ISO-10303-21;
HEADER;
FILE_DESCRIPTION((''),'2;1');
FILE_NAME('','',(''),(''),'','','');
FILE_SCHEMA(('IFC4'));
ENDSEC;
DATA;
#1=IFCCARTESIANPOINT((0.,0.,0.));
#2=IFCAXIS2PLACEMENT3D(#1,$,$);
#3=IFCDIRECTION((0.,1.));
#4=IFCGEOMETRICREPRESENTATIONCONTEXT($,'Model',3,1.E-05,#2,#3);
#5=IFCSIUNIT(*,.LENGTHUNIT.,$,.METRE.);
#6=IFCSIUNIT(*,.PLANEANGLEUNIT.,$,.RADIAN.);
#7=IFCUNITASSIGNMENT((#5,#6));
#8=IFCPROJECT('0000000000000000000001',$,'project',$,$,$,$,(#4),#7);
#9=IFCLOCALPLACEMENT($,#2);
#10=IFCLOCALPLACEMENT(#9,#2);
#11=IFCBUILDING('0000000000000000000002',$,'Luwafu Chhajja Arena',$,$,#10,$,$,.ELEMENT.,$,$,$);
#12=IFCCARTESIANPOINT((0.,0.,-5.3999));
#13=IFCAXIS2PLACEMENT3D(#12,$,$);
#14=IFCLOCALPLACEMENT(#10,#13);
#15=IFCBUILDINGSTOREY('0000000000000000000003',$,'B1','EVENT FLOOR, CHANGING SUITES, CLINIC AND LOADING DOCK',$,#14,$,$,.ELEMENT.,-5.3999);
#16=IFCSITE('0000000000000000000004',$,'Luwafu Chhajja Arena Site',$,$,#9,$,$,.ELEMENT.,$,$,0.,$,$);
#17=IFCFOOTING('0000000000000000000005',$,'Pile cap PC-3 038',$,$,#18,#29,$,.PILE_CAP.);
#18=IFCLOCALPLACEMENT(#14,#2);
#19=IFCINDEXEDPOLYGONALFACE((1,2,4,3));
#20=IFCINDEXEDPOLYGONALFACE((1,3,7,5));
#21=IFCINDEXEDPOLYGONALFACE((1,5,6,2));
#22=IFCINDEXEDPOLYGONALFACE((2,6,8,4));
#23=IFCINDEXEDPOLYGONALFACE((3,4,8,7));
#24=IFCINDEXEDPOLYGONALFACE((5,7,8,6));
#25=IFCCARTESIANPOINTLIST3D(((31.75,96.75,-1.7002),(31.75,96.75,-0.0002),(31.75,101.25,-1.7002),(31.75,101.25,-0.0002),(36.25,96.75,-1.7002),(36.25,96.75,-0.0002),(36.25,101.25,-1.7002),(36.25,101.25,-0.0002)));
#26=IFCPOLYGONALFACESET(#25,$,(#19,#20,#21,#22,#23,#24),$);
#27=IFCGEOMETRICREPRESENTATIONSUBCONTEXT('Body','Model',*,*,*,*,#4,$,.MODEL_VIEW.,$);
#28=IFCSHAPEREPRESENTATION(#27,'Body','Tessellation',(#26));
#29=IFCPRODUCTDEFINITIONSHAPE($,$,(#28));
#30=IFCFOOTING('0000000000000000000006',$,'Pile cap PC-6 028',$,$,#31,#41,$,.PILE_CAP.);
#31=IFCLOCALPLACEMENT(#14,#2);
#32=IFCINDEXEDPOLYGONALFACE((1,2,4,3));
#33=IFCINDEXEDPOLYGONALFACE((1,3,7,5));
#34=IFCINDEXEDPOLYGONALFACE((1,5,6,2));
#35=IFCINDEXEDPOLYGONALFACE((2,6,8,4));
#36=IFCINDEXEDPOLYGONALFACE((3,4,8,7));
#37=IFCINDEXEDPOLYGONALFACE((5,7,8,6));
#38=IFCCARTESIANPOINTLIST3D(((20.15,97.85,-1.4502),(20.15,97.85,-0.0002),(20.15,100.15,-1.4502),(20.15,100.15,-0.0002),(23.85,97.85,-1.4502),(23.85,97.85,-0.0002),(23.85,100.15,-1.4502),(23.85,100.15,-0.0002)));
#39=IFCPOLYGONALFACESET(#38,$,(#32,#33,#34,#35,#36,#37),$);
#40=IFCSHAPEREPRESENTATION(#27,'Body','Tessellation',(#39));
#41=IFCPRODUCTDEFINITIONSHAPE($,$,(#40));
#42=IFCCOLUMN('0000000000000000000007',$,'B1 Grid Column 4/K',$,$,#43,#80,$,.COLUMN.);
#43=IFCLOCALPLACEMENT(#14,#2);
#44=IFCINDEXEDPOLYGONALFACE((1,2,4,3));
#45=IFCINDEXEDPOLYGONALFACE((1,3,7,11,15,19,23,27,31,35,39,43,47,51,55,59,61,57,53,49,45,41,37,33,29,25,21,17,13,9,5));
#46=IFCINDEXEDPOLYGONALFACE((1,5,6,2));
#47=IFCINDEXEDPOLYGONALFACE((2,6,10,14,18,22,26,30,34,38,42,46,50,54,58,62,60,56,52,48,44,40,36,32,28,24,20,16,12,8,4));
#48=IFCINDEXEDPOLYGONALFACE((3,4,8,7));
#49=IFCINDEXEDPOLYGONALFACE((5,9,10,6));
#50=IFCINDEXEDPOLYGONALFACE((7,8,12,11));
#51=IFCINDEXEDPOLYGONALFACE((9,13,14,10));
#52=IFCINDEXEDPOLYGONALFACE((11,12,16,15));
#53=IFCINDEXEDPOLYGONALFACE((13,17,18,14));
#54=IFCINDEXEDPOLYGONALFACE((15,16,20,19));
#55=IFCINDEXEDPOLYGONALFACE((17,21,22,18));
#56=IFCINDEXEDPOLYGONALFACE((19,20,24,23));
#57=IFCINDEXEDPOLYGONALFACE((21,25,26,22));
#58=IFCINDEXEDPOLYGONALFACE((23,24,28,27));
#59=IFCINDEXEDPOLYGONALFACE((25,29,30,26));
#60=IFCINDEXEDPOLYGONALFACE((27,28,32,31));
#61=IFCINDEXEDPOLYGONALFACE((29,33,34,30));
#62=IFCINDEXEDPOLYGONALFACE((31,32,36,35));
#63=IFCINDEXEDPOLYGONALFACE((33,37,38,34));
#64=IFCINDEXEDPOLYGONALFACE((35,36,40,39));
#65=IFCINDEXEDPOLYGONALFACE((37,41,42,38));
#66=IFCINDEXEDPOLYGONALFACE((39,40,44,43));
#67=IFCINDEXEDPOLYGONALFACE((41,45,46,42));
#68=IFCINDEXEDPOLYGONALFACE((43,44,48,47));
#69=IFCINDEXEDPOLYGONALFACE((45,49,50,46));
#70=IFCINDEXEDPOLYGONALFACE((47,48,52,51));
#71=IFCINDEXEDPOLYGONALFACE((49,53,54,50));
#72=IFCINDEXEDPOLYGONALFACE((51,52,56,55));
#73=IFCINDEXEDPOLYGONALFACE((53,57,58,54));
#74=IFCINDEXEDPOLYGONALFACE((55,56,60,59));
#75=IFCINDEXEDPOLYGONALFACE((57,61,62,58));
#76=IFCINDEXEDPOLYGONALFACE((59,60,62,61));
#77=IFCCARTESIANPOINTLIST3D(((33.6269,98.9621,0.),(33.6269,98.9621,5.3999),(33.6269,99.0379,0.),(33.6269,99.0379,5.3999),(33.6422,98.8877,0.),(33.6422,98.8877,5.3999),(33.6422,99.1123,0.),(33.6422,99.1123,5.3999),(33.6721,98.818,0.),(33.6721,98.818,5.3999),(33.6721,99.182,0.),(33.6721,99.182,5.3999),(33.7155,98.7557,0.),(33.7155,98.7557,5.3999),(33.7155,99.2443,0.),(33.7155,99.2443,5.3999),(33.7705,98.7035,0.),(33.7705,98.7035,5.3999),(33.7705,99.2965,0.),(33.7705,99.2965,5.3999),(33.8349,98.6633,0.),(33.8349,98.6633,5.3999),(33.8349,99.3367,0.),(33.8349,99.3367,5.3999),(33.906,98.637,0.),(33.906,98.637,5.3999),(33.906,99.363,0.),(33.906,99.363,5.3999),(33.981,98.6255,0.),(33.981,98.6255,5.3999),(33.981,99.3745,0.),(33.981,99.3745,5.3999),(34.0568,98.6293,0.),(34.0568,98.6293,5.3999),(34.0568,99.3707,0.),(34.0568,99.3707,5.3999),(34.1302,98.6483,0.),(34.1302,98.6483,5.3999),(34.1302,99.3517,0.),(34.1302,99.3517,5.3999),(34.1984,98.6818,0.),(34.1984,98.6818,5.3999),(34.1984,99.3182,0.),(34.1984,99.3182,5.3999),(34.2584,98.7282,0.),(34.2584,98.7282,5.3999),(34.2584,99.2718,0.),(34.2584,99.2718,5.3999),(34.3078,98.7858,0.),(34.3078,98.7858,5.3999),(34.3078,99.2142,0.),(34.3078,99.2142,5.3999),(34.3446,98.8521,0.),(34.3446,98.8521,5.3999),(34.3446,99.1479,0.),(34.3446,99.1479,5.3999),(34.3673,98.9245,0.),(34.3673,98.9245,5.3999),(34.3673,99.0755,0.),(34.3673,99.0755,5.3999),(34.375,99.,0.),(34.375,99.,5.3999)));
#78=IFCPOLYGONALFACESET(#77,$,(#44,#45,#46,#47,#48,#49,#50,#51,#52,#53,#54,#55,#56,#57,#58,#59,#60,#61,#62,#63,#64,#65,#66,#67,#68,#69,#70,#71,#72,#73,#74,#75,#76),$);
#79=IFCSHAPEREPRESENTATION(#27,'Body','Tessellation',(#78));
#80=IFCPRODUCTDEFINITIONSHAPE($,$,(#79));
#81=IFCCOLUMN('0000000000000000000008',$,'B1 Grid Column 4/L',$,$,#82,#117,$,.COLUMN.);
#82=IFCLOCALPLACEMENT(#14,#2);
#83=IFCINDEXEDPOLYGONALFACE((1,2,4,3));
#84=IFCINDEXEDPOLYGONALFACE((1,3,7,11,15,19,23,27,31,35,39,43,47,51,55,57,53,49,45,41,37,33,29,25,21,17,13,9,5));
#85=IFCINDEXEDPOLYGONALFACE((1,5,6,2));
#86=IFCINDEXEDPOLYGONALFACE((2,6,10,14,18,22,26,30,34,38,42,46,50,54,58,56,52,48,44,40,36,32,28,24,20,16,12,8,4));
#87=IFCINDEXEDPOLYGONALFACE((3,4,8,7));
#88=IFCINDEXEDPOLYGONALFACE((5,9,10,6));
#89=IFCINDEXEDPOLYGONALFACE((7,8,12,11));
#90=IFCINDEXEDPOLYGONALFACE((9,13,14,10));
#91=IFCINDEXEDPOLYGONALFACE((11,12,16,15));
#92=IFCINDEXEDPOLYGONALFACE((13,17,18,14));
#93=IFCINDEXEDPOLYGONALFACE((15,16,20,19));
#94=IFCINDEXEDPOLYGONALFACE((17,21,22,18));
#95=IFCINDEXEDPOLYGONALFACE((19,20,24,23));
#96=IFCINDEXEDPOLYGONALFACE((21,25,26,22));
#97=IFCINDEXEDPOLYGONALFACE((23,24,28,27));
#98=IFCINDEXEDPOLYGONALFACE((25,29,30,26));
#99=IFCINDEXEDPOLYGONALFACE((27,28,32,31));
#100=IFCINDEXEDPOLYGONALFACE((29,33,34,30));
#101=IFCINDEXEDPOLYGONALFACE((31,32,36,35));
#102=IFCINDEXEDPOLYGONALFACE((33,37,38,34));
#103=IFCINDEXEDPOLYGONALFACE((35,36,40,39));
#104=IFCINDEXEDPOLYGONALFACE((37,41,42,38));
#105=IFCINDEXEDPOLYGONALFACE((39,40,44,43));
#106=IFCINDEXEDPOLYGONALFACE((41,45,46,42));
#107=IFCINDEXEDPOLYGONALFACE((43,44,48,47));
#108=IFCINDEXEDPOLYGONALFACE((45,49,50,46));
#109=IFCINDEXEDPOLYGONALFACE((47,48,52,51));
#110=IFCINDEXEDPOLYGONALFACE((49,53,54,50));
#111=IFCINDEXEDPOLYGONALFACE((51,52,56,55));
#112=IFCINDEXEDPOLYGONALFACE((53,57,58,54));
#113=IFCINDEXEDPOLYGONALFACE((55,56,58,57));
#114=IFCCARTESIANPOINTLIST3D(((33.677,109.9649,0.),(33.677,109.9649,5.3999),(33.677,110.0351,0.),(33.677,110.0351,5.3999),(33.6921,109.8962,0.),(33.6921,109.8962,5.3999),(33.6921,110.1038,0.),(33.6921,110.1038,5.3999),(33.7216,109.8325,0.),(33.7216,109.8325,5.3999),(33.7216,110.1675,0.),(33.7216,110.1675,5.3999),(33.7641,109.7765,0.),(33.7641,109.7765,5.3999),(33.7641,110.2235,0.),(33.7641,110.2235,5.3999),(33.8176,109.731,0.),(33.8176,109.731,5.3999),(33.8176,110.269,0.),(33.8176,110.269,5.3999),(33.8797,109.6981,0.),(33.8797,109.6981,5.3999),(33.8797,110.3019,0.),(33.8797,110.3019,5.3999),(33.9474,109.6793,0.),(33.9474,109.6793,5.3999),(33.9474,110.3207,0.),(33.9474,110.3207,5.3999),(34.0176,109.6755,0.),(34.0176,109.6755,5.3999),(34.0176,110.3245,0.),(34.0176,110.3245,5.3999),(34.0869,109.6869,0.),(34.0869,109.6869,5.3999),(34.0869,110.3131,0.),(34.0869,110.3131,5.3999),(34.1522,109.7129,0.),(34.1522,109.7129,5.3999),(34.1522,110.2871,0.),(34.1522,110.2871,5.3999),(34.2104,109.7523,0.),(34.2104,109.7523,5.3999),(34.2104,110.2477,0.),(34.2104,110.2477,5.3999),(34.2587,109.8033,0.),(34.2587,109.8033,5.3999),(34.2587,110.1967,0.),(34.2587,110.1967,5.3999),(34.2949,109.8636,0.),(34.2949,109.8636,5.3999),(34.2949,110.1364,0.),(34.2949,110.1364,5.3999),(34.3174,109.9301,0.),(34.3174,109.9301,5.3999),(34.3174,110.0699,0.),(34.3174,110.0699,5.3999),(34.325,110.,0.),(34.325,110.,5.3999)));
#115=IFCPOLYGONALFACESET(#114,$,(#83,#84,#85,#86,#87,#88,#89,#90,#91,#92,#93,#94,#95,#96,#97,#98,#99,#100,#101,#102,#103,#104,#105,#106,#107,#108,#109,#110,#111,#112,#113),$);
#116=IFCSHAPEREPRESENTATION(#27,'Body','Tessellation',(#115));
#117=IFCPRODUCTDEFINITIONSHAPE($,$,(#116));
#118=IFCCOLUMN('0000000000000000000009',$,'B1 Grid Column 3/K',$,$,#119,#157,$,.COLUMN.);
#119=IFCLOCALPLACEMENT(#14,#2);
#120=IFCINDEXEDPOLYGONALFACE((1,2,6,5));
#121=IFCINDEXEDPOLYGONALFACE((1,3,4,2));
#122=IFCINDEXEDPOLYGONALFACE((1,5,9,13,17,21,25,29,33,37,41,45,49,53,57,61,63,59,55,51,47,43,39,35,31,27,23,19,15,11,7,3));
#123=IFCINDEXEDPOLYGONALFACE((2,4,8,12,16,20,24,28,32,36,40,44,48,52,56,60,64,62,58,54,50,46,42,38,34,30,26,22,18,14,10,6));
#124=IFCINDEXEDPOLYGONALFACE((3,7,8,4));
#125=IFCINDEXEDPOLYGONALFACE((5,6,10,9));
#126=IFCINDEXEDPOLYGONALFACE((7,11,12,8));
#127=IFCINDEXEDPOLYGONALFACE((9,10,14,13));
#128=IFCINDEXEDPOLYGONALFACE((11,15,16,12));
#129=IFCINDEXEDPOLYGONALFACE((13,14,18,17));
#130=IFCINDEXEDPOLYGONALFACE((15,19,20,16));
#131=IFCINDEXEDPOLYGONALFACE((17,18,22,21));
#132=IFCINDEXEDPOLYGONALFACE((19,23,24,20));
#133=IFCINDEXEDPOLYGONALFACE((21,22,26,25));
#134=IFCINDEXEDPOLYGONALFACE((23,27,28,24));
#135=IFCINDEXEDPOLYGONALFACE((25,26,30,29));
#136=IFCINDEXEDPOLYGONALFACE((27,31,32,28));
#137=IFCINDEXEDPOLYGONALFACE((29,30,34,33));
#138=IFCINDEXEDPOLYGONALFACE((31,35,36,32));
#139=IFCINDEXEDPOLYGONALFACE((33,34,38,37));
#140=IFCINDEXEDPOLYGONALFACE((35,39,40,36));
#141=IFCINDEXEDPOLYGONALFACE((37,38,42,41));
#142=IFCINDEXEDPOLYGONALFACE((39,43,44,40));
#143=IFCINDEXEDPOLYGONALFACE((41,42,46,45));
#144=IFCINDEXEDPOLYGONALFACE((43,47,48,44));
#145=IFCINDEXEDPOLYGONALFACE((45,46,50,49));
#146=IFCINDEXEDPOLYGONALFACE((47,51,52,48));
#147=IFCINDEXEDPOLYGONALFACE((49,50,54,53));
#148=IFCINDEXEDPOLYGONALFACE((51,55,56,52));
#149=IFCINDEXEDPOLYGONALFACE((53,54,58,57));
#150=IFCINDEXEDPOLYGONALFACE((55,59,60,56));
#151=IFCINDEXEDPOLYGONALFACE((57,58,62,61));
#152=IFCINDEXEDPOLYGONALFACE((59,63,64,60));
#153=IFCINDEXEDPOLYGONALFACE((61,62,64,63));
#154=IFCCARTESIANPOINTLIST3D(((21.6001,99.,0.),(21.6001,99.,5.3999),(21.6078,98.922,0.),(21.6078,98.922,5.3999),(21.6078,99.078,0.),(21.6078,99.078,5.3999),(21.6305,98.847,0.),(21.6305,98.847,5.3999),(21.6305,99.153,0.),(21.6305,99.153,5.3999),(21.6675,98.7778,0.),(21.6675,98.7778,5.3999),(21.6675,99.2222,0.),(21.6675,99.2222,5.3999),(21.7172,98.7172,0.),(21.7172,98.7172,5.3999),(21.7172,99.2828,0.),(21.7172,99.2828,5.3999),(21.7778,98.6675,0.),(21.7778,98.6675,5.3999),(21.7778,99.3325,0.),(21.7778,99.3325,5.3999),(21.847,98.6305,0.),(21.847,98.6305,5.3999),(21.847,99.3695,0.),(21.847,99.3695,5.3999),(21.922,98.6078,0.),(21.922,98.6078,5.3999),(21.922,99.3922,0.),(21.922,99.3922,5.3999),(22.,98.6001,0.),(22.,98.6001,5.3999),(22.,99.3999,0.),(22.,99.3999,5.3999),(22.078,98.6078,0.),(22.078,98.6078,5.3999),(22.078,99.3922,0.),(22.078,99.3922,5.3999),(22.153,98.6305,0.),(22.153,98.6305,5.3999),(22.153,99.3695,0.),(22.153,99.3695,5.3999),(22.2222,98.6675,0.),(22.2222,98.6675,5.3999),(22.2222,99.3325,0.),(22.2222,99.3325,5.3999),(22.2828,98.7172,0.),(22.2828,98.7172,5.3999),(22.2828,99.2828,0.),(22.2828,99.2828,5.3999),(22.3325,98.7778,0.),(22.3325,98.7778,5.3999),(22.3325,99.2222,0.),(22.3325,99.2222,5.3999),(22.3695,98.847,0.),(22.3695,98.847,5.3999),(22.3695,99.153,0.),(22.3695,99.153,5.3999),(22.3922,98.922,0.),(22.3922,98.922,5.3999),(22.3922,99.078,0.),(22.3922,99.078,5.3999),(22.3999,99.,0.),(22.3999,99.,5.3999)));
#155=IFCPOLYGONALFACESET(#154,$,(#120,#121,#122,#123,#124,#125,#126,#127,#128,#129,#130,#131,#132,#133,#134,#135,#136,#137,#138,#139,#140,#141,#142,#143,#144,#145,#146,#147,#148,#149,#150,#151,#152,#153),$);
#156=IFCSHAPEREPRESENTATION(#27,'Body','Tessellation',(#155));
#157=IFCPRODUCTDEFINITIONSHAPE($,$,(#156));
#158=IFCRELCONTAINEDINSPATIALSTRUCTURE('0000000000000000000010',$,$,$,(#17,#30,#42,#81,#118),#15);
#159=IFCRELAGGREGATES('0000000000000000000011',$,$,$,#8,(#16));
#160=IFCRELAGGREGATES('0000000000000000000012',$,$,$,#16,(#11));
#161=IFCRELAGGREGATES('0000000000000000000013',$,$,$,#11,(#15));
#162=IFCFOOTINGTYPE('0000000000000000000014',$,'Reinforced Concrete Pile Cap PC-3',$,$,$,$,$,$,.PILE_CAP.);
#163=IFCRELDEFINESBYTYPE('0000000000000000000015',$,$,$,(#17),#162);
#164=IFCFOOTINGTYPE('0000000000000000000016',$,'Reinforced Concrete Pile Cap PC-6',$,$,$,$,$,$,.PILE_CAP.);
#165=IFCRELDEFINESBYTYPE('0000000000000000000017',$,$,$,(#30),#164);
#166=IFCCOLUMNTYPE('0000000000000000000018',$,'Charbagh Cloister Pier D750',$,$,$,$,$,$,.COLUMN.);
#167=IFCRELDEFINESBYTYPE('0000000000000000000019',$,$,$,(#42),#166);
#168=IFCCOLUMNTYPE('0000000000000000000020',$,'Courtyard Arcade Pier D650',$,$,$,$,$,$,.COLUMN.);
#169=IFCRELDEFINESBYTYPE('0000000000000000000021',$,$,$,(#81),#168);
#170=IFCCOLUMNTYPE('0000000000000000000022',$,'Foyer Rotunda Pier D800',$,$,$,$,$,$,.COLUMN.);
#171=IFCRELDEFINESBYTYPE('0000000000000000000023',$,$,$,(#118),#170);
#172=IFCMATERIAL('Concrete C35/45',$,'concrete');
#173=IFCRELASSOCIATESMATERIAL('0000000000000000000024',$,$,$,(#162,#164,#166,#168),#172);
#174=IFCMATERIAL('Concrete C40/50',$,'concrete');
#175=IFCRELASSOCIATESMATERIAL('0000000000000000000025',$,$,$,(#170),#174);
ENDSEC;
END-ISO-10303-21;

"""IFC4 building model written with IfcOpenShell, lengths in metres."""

from ifc_helpers import new_model, si_unit, direction, frame, origin, origin_2d, place, context, subcontext, project, spatial, rectangle, circle, extrude, material, material_profile, profile_set, type_object, element, save


model = new_model("IFC4")

# Units and contexts
model_context = context("Model", 3, precision=1e-05, world=origin(), true_north=direction((0.0, 1.0)))
body_context = subcontext(model_context, "Body", "Model", "MODEL_VIEW")
ifc_project = project(units=[si_unit("LENGTHUNIT", "METRE"), si_unit("PLANEANGLEUNIT", "RADIAN")], contexts=[model_context])

# Site, building, storey
site_placement = place(None, origin())
site = spatial("IfcSite", under=ifc_project, at=site_placement, Name="Luwafu Chhajja Arena Site", CompositionType="ELEMENT", RefElevation=0.0)
building_placement = place(site_placement, origin())
building = spatial("IfcBuilding", under=site, at=building_placement, Name="Luwafu Chhajja Arena", CompositionType="ELEMENT")
storey_placement = place(building_placement, frame((0.0, 0.0, -5.3999)))
storey = spatial("IfcBuildingStorey", under=building, at=storey_placement, Name="B1", Description="EVENT FLOOR, CHANGING SUITES, CLINIC AND LOADING DOCK", CompositionType="ELEMENT", Elevation=-5.3999)

# Shared definitions
ifc_material_1 = material(Name="Concrete C35/45", Category="concrete")

# Footings
footing_type_1 = type_object("IfcFootingType", Name="Reinforced Concrete Pile Cap PC-3", PredefinedType="PILE_CAP", material=ifc_material_1)
footing_1_placement = place(storey_placement, frame((34.0, 99.0, -1.7002), z_axis=(0.0, 0.0, 1.0), x_axis=(1.0, 0.0, 0.0)))
element("IfcFooting", 1, at=footing_1_placement, inside=storey, type_object=footing_type_1, Name="Pile cap PC-3 038", PredefinedType="PILE_CAP", context=body_context, shape_type="SweptSolid", body=[
    extrude(rectangle(XDim=4.5, YDim=4.5, at=origin_2d()), origin(), (0.0, 0.0, 1.0), 1.7),
])
footing_type_2 = type_object("IfcFootingType", Name="Reinforced Concrete Pile Cap PC-6", PredefinedType="PILE_CAP", material=ifc_material_1)
footing_2_placement = place(storey_placement, frame((22.0, 99.0, -1.4502), z_axis=(0.0, 0.0, 1.0), x_axis=(1.0, 0.0, 0.0)))
element("IfcFooting", 2, at=footing_2_placement, inside=storey, type_object=footing_type_2, Name="Pile cap PC-6 028", PredefinedType="PILE_CAP", context=body_context, shape_type="SweptSolid", body=[
    extrude(rectangle(XDim=3.7, YDim=2.3, at=origin_2d()), origin(), (0.0, 0.0, 1.0), 1.45),
])

# Columns
ifc_material_profile_1 = material_profile(ifc_material_1, circle(Radius=0.375, at=origin_2d()), Name="RC COL D750")
ifc_profile_set_1 = profile_set([ifc_material_profile_1], Name="Concrete C35/45")
column_type_1 = type_object("IfcColumnType", Name="Charbagh Cloister Pier D750", PredefinedType="COLUMN", material=ifc_profile_set_1)
column_1_placement = place(storey_placement, frame((34.0, 99.0, 0.0), z_axis=(0.0, 0.0, 1.0), x_axis=(1.0, 0.0, 0.0)))
element("IfcColumn", 3, at=column_1_placement, inside=storey, type_object=column_type_1, Name="B1 Grid Column 4/K", PredefinedType="COLUMN", context=body_context, shape_type="SweptSolid", body=[
    extrude(circle(Radius=0.375, at=origin_2d()), origin(), (0.0, 0.0, 1.0), 5.3999),
])
ifc_material_profile_2 = material_profile(ifc_material_1, circle(Radius=0.325, at=origin_2d()), Name="RC COL D650")
ifc_profile_set_2 = profile_set([ifc_material_profile_2], Name="Concrete C35/45")
column_type_2 = type_object("IfcColumnType", Name="Courtyard Arcade Pier D650", PredefinedType="COLUMN", material=ifc_profile_set_2)
column_2_placement = place(storey_placement, frame((34.0, 110.0, 0.0), z_axis=(0.0, 0.0, 1.0), x_axis=(1.0, 0.0, 0.0)))
element("IfcColumn", 4, at=column_2_placement, inside=storey, type_object=column_type_2, Name="B1 Grid Column 4/L", PredefinedType="COLUMN", context=body_context, shape_type="SweptSolid", body=[
    extrude(circle(Radius=0.325, at=origin_2d()), origin(), (0.0, 0.0, 1.0), 5.3999),
])
ifc_material_2 = material(Name="Concrete C40/50", Category="concrete")
ifc_material_profile_3 = material_profile(ifc_material_2, circle(Radius=0.3999, at=origin_2d()), Name="RC COL D800")
ifc_profile_set_3 = profile_set([ifc_material_profile_3], Name="Concrete C40/50")
column_type_3 = type_object("IfcColumnType", Name="Foyer Rotunda Pier D800", PredefinedType="COLUMN", material=ifc_profile_set_3)
column_3_placement = place(storey_placement, frame((22.0, 99.0, 0.0), z_axis=(0.0, 0.0, 1.0), x_axis=(1.0, 0.0, 0.0)))
element("IfcColumn", 5, at=column_3_placement, inside=storey, type_object=column_type_3, Name="B1 Grid Column 3/K", PredefinedType="COLUMN", context=body_context, shape_type="SweptSolid", body=[
    extrude(circle(Radius=0.3999, at=origin_2d()), origin(), (0.0, 0.0, 1.0), 5.3999),
])

save(model, "model.ifc")
